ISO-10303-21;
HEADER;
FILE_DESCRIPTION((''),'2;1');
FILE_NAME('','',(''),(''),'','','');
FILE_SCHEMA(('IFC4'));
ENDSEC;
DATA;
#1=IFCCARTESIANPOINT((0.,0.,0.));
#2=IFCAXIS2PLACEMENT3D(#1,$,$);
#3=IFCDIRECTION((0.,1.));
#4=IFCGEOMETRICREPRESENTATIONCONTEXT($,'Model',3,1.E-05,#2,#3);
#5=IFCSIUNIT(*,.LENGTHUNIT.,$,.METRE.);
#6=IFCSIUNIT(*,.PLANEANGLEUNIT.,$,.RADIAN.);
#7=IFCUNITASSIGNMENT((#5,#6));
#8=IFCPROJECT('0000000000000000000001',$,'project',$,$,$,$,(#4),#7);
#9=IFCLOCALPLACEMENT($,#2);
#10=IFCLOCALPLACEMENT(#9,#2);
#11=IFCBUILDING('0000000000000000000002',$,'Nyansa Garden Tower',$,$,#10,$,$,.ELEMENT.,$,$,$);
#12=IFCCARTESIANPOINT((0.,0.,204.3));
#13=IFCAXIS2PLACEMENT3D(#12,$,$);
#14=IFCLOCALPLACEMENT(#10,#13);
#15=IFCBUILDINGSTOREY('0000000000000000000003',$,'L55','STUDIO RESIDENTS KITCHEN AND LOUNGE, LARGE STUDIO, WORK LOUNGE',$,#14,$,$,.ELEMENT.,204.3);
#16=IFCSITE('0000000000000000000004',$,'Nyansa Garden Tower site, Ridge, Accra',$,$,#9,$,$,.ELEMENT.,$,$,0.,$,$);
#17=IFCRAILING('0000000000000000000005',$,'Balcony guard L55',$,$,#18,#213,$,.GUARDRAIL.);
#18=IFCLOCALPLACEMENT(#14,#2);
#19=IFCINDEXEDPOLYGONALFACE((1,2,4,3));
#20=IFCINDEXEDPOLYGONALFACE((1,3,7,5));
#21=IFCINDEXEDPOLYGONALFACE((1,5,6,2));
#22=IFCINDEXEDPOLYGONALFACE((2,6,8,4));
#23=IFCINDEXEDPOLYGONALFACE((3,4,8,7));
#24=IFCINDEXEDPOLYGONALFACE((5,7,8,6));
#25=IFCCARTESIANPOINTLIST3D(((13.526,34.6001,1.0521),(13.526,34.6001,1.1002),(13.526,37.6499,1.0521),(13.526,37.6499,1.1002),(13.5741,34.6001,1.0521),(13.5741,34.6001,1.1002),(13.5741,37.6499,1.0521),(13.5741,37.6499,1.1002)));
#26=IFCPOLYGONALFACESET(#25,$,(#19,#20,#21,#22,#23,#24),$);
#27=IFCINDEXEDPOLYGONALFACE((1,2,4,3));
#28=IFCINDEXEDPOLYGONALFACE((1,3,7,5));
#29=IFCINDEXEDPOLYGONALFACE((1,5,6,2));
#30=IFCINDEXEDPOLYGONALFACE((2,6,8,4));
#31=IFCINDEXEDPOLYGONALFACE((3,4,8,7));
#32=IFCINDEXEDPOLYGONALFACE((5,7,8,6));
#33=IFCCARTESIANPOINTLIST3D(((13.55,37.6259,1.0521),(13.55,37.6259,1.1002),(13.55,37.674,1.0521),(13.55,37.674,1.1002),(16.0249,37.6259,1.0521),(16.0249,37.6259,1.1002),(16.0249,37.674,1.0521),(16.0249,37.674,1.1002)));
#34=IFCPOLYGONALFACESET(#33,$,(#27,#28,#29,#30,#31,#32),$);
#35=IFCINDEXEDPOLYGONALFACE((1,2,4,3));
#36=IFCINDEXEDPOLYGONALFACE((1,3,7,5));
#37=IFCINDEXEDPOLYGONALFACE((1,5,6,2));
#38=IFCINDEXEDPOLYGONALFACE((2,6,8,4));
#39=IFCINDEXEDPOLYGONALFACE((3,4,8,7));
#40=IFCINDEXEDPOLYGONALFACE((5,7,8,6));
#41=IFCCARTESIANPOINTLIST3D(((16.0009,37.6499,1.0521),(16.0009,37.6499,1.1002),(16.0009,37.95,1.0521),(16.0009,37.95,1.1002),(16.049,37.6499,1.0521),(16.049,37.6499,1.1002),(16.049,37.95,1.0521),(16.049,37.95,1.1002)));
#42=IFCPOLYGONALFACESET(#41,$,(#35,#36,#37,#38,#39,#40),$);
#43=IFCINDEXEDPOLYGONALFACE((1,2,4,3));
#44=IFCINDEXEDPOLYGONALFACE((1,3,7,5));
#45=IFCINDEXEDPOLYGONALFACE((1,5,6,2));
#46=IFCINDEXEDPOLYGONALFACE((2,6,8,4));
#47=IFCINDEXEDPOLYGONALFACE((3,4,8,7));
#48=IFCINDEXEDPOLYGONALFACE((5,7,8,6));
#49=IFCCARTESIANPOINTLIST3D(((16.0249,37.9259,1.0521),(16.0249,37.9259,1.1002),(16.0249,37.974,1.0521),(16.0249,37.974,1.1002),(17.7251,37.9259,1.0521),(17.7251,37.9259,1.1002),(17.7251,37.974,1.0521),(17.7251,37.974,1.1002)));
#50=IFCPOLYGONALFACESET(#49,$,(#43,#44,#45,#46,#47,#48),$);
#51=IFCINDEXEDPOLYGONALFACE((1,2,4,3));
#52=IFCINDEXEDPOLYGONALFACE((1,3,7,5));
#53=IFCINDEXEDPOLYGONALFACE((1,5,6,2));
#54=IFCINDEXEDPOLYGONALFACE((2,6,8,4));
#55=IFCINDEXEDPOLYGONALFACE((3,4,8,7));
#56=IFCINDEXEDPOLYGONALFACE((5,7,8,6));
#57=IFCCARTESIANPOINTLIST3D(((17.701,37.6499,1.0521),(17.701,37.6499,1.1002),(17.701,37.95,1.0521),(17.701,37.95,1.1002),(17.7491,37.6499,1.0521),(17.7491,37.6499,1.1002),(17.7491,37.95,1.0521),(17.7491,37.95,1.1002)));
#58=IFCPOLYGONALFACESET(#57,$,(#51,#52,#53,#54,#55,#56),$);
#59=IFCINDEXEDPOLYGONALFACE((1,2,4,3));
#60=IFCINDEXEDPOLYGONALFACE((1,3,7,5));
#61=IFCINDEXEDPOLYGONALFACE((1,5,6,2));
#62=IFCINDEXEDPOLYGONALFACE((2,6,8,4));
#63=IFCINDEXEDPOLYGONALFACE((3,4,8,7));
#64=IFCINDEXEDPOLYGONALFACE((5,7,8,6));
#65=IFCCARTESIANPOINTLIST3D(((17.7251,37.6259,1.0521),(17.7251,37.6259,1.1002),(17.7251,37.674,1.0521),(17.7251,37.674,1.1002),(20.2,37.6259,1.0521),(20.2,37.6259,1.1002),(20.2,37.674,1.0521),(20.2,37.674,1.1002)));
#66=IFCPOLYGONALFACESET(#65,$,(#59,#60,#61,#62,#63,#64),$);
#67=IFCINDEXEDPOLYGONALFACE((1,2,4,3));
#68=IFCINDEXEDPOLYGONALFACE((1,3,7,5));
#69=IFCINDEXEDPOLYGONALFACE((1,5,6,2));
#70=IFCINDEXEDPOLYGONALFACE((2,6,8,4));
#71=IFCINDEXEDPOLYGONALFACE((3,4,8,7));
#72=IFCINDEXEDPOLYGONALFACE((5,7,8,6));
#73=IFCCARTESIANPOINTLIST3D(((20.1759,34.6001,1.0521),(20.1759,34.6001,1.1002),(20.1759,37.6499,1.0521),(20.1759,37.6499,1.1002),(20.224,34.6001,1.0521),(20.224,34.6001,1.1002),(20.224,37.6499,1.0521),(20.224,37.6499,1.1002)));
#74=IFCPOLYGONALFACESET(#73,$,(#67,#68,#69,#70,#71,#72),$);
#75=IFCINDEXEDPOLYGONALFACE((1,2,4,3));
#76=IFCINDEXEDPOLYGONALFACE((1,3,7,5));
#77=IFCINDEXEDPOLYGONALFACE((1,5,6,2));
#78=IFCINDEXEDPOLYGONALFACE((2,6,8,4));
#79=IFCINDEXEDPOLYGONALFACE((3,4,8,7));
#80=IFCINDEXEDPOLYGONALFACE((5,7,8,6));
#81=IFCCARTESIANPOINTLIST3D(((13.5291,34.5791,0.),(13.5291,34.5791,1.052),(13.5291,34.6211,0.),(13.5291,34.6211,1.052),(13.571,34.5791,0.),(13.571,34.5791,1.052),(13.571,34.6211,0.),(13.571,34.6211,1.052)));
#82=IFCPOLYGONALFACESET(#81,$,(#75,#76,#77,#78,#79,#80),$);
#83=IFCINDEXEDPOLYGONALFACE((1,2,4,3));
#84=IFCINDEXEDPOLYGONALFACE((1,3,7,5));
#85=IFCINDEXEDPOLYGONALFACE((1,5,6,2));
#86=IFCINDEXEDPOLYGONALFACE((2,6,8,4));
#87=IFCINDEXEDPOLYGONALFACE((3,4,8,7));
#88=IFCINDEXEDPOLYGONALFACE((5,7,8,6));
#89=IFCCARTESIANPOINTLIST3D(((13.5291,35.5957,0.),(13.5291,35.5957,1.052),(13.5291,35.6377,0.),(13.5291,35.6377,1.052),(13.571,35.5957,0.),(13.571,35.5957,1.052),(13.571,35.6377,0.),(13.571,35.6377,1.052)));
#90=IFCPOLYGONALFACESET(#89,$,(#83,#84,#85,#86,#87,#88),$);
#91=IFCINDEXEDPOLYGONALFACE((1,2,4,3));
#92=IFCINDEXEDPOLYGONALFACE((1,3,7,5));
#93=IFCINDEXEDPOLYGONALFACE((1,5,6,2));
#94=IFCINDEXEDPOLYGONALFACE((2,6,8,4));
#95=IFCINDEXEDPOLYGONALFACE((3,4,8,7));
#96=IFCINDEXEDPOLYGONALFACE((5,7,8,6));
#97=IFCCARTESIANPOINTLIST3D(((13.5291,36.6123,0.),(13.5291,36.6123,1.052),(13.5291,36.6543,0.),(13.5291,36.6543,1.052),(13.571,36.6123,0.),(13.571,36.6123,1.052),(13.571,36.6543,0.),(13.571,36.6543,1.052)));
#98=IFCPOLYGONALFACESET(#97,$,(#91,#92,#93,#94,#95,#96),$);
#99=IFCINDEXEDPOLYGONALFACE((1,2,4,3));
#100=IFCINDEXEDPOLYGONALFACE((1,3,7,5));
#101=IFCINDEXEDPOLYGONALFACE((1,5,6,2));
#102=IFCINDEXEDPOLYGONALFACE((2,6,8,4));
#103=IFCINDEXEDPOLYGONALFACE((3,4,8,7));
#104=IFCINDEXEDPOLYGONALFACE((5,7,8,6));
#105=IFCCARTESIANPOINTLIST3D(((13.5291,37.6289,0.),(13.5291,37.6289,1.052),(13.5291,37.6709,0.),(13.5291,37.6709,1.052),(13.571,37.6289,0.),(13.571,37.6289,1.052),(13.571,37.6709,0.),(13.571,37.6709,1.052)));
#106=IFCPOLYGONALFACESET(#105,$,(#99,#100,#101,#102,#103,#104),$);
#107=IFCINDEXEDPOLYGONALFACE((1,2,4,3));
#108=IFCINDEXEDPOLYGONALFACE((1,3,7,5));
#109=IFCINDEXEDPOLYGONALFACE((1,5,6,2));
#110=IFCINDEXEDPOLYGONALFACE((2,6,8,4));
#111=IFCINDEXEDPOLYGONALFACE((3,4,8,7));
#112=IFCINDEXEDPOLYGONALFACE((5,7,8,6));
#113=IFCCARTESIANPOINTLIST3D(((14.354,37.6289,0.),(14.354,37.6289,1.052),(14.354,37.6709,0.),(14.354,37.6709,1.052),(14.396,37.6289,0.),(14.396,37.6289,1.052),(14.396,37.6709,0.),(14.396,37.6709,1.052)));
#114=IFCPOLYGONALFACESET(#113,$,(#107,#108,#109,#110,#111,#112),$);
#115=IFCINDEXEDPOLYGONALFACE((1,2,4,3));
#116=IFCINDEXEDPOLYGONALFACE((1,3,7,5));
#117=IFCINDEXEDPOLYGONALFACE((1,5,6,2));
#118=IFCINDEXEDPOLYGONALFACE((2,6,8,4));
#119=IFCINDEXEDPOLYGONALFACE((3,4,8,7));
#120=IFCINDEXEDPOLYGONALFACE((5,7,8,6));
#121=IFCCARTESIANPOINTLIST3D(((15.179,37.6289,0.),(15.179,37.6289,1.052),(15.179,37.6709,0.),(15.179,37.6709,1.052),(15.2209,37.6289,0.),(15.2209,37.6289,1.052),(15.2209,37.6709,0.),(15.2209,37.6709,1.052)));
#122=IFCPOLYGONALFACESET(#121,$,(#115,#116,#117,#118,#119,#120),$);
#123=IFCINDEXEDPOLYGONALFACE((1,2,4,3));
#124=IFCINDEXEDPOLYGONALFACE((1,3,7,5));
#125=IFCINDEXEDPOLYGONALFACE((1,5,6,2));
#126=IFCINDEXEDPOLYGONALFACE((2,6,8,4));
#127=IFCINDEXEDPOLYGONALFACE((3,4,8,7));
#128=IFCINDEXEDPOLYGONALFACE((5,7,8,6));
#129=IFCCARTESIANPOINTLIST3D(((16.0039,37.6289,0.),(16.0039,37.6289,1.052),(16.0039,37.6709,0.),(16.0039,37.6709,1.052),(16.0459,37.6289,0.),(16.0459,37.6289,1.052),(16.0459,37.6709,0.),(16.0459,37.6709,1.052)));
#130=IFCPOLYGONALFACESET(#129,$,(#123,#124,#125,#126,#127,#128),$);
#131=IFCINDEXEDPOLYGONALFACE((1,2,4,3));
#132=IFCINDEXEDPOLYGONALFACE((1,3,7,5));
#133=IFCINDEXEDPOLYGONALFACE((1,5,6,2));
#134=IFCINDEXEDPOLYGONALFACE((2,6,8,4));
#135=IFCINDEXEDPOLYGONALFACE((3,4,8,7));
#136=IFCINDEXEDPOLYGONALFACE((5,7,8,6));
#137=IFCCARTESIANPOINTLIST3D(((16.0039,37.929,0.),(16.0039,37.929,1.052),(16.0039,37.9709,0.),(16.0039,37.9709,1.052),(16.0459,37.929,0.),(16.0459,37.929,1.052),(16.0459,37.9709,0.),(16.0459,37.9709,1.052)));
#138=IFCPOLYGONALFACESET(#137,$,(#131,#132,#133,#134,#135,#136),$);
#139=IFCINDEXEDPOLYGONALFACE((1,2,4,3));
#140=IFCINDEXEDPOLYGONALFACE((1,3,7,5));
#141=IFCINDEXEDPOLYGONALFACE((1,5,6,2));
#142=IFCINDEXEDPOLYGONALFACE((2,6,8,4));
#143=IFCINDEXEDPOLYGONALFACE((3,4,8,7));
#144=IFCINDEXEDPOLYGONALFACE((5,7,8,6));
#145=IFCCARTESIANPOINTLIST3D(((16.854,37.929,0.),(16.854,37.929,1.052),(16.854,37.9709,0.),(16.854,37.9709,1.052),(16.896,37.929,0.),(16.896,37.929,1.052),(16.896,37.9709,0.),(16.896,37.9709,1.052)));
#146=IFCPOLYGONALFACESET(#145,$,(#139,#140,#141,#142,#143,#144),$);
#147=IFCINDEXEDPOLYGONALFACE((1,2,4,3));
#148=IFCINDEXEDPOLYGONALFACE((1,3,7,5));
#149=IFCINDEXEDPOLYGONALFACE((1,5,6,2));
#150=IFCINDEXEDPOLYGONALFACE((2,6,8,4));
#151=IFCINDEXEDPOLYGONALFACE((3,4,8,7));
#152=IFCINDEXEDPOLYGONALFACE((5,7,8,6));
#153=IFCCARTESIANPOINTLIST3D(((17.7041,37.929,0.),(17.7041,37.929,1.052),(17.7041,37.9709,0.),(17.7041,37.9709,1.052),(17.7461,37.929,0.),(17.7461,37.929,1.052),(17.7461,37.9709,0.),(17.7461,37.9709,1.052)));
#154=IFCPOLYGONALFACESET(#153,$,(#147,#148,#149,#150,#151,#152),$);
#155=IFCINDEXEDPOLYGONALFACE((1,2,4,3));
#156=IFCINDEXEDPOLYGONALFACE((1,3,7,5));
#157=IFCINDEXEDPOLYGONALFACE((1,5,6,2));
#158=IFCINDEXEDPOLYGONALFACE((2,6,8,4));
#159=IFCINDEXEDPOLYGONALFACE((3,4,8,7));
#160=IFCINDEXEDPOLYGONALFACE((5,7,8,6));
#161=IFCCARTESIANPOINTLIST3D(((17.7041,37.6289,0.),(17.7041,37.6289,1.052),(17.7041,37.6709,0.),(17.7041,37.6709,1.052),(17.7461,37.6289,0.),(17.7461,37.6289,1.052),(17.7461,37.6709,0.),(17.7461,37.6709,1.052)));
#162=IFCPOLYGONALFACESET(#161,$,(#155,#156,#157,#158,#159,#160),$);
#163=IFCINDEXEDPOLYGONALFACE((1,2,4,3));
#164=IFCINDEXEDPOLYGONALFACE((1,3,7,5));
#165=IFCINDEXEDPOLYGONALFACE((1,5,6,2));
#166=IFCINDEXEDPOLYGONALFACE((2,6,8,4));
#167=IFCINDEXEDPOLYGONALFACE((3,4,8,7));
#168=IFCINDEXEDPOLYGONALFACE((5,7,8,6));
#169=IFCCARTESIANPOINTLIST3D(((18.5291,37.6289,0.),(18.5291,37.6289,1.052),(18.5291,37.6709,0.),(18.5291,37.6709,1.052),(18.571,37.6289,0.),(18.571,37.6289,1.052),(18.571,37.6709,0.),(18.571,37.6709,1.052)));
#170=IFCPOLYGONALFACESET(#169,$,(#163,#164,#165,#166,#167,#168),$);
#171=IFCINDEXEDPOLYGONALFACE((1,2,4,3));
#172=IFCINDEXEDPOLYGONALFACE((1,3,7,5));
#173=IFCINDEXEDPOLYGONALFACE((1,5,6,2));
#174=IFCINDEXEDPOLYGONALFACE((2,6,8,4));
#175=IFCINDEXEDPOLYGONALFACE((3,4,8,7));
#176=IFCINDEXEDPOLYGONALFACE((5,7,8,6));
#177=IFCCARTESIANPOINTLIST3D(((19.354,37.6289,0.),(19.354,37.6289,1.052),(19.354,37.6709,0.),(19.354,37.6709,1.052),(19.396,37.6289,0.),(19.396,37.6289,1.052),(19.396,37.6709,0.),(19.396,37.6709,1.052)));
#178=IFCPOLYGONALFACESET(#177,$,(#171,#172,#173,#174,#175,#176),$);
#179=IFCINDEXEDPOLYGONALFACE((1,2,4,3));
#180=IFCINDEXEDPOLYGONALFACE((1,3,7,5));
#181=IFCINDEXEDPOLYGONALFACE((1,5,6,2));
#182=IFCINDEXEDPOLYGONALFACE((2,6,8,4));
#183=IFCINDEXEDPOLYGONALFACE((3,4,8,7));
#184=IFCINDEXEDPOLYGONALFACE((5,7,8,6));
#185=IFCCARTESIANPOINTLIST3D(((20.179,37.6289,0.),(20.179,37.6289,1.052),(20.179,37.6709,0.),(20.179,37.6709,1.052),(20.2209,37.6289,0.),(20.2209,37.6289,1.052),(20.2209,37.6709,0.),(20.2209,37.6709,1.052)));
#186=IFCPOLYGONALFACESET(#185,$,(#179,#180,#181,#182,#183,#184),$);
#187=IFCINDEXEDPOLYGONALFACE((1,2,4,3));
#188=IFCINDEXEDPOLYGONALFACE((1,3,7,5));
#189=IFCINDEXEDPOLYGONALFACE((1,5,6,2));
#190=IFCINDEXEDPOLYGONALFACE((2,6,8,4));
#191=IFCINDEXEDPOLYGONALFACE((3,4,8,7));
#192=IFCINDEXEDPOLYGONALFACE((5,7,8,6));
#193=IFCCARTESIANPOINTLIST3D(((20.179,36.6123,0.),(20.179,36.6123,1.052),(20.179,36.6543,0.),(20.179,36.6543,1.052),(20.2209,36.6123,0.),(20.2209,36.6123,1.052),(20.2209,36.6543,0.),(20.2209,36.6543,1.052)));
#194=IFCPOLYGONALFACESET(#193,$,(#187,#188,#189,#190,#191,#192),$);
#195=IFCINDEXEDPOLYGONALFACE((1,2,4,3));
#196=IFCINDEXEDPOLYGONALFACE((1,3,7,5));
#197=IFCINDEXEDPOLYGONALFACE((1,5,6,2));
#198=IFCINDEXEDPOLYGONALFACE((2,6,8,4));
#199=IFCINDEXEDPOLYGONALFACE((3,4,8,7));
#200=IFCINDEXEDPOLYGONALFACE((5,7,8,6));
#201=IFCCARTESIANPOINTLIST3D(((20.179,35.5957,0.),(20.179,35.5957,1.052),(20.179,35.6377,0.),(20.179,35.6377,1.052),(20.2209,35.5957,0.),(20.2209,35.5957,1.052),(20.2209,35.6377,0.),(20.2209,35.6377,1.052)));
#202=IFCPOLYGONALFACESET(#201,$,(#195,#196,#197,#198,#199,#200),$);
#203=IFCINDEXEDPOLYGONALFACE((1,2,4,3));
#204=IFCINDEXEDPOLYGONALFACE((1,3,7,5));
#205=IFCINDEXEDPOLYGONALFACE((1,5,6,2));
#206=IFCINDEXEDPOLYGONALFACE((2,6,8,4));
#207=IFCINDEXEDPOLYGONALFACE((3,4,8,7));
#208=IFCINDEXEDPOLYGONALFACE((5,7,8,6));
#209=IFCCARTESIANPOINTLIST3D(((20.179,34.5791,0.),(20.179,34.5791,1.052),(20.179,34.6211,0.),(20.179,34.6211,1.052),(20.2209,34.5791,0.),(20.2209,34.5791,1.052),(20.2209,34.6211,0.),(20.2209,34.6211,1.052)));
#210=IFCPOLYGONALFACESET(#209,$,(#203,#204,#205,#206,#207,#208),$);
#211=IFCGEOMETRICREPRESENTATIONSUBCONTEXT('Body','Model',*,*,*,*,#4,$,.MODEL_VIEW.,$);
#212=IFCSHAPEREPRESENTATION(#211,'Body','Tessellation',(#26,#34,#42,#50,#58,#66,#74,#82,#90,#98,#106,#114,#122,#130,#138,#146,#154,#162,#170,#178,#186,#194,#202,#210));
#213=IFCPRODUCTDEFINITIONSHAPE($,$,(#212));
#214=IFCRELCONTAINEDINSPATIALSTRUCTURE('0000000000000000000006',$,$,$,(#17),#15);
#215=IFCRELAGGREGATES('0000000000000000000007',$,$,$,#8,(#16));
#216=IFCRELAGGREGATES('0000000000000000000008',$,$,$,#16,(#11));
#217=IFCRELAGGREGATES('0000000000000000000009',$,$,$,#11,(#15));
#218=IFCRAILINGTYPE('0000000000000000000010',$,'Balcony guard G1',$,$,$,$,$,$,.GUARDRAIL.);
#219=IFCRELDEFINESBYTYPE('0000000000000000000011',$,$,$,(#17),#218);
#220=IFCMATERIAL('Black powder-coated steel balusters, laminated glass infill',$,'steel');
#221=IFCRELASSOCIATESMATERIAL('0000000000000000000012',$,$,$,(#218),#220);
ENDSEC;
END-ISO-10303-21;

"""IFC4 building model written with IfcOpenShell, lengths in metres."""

from ifc_helpers import new_model, si_unit, direction, frame, origin, origin_2d, place, context, subcontext, project, spatial, rectangle, extrude, material, type_object, element, save


model = new_model("IFC4")

# Units and contexts
model_context = context("Model", 3, precision=1e-05, world=origin(), true_north=direction((0.0, 1.0)))
body_context = subcontext(model_context, "Body", "Model", "MODEL_VIEW")
ifc_project = project(units=[si_unit("LENGTHUNIT", "METRE"), si_unit("PLANEANGLEUNIT", "RADIAN")], contexts=[model_context])

# Site, building, storey
site_placement = place(None, origin())
site = spatial("IfcSite", under=ifc_project, at=site_placement, Name="Nyansa Garden Tower site, Ridge, Accra", CompositionType="ELEMENT", RefElevation=0.0)
building_placement = place(site_placement, origin())
building = spatial("IfcBuilding", under=site, at=building_placement, Name="Nyansa Garden Tower", CompositionType="ELEMENT")
storey_placement = place(building_placement, frame((0.0, 0.0, 204.3)))
storey = spatial("IfcBuildingStorey", under=building, at=storey_placement, Name="L55", Description="STUDIO RESIDENTS KITCHEN AND LOUNGE, LARGE STUDIO, WORK LOUNGE", CompositionType="ELEMENT", Elevation=204.3)

# Railing
ifc_material_1 = material(Name="Black powder-coated steel balusters, laminated glass infill", Category="steel")
railing_type = type_object("IfcRailingType", Name="Balcony guard G1", PredefinedType="GUARDRAIL", material=ifc_material_1)
railing_placement = place(storey_placement, frame((13.55, 34.6001, 0.0)))
element("IfcRailing", 1, at=railing_placement, inside=storey, type_object=railing_type, Name="Balcony guard L55", PredefinedType="GUARDRAIL", context=body_context, shape_type="SweptSolid", body=[
    extrude(rectangle(XDim=0.0481, YDim=0.0481, at=origin_2d()), frame((0.0, 0.0, 1.0762), z_axis=(0.0, 1.0, 0.0), x_axis=(-1.0, 0.0, 0.0)), (0.0, 0.0, 1.0), 3.0498),
    extrude(rectangle(XDim=0.0481, YDim=0.0481, at=origin_2d()), frame((0.0, 3.0498, 1.0762), z_axis=(1.0, 0.0, 0.0), x_axis=(0.0, 1.0, 0.0)), (0.0, 0.0, 1.0), 2.4749),
    extrude(rectangle(XDim=0.0481, YDim=0.0481, at=origin_2d()), frame((2.4749, 3.0498, 1.0762), z_axis=(0.0, 1.0, 0.0), x_axis=(-1.0, 0.0, 0.0)), (0.0, 0.0, 1.0), 0.3),
    extrude(rectangle(XDim=0.0481, YDim=0.0481, at=origin_2d()), frame((2.4749, 3.3499, 1.0762), z_axis=(1.0, 0.0, 0.0), x_axis=(0.0, 1.0, 0.0)), (0.0, 0.0, 1.0), 1.7002),
    extrude(rectangle(XDim=0.0481, YDim=0.0481, at=origin_2d()), frame((4.175, 3.3499, 1.0762), z_axis=(0.0, -1.0, 0.0), x_axis=(1.0, 0.0, 0.0)), (0.0, 0.0, 1.0), 0.3),
    extrude(rectangle(XDim=0.0481, YDim=0.0481, at=origin_2d()), frame((4.175, 3.0498, 1.0762), z_axis=(1.0, 0.0, 0.0), x_axis=(0.0, 1.0, 0.0)), (0.0, 0.0, 1.0), 2.4749),
    extrude(rectangle(XDim=0.0481, YDim=0.0481, at=origin_2d()), frame((6.6499, 3.0498, 1.0762), z_axis=(0.0, -1.0, 0.0), x_axis=(1.0, 0.0, 0.0)), (0.0, 0.0, 1.0), 3.0498),
    extrude(rectangle(XDim=0.042, YDim=0.042, at=origin_2d()), origin(), (0.0, 0.0, 1.0), 1.052),
    extrude(rectangle(XDim=0.042, YDim=0.042, at=origin_2d()), frame((0.0, 1.0166, 0.0)), (0.0, 0.0, 1.0), 1.052),
    extrude(rectangle(XDim=0.042, YDim=0.042, at=origin_2d()), frame((0.0, 2.0332, 0.0)), (0.0, 0.0, 1.0), 1.052),
    extrude(rectangle(XDim=0.042, YDim=0.042, at=origin_2d()), frame((0.0, 3.0498, 0.0)), (0.0, 0.0, 1.0), 1.052),
    extrude(rectangle(XDim=0.042, YDim=0.042, at=origin_2d()), frame((0.825, 3.0498, 0.0)), (0.0, 0.0, 1.0), 1.052),
    extrude(rectangle(XDim=0.042, YDim=0.042, at=origin_2d()), frame((1.6499, 3.0498, 0.0)), (0.0, 0.0, 1.0), 1.052),
    extrude(rectangle(XDim=0.042, YDim=0.042, at=origin_2d()), frame((2.4749, 3.0498, 0.0)), (0.0, 0.0, 1.0), 1.052),
    extrude(rectangle(XDim=0.042, YDim=0.042, at=origin_2d()), frame((2.4749, 3.3499, 0.0)), (0.0, 0.0, 1.0), 1.052),
    extrude(rectangle(XDim=0.042, YDim=0.042, at=origin_2d()), frame((3.325, 3.3499, 0.0)), (0.0, 0.0, 1.0), 1.052),
    extrude(rectangle(XDim=0.042, YDim=0.042, at=origin_2d()), frame((4.175, 3.3499, 0.0)), (0.0, 0.0, 1.0), 1.052),
    extrude(rectangle(XDim=0.042, YDim=0.042, at=origin_2d()), frame((4.175, 3.0498, 0.0)), (0.0, 0.0, 1.0), 1.052),
    extrude(rectangle(XDim=0.042, YDim=0.042, at=origin_2d()), frame((5.0, 3.0498, 0.0)), (0.0, 0.0, 1.0), 1.052),
    extrude(rectangle(XDim=0.042, YDim=0.042, at=origin_2d()), frame((5.825, 3.0498, 0.0)), (0.0, 0.0, 1.0), 1.052),
    extrude(rectangle(XDim=0.042, YDim=0.042, at=origin_2d()), frame((6.6499, 3.0498, 0.0)), (0.0, 0.0, 1.0), 1.052),
    extrude(rectangle(XDim=0.042, YDim=0.042, at=origin_2d()), frame((6.6499, 2.0332, 0.0)), (0.0, 0.0, 1.0), 1.052),
    extrude(rectangle(XDim=0.042, YDim=0.042, at=origin_2d()), frame((6.6499, 1.0166, 0.0)), (0.0, 0.0, 1.0), 1.052),
    extrude(rectangle(XDim=0.042, YDim=0.042, at=origin_2d()), frame((6.6499, 0.0, 0.0)), (0.0, 0.0, 1.0), 1.052),
])

save(model, "model.ifc")
